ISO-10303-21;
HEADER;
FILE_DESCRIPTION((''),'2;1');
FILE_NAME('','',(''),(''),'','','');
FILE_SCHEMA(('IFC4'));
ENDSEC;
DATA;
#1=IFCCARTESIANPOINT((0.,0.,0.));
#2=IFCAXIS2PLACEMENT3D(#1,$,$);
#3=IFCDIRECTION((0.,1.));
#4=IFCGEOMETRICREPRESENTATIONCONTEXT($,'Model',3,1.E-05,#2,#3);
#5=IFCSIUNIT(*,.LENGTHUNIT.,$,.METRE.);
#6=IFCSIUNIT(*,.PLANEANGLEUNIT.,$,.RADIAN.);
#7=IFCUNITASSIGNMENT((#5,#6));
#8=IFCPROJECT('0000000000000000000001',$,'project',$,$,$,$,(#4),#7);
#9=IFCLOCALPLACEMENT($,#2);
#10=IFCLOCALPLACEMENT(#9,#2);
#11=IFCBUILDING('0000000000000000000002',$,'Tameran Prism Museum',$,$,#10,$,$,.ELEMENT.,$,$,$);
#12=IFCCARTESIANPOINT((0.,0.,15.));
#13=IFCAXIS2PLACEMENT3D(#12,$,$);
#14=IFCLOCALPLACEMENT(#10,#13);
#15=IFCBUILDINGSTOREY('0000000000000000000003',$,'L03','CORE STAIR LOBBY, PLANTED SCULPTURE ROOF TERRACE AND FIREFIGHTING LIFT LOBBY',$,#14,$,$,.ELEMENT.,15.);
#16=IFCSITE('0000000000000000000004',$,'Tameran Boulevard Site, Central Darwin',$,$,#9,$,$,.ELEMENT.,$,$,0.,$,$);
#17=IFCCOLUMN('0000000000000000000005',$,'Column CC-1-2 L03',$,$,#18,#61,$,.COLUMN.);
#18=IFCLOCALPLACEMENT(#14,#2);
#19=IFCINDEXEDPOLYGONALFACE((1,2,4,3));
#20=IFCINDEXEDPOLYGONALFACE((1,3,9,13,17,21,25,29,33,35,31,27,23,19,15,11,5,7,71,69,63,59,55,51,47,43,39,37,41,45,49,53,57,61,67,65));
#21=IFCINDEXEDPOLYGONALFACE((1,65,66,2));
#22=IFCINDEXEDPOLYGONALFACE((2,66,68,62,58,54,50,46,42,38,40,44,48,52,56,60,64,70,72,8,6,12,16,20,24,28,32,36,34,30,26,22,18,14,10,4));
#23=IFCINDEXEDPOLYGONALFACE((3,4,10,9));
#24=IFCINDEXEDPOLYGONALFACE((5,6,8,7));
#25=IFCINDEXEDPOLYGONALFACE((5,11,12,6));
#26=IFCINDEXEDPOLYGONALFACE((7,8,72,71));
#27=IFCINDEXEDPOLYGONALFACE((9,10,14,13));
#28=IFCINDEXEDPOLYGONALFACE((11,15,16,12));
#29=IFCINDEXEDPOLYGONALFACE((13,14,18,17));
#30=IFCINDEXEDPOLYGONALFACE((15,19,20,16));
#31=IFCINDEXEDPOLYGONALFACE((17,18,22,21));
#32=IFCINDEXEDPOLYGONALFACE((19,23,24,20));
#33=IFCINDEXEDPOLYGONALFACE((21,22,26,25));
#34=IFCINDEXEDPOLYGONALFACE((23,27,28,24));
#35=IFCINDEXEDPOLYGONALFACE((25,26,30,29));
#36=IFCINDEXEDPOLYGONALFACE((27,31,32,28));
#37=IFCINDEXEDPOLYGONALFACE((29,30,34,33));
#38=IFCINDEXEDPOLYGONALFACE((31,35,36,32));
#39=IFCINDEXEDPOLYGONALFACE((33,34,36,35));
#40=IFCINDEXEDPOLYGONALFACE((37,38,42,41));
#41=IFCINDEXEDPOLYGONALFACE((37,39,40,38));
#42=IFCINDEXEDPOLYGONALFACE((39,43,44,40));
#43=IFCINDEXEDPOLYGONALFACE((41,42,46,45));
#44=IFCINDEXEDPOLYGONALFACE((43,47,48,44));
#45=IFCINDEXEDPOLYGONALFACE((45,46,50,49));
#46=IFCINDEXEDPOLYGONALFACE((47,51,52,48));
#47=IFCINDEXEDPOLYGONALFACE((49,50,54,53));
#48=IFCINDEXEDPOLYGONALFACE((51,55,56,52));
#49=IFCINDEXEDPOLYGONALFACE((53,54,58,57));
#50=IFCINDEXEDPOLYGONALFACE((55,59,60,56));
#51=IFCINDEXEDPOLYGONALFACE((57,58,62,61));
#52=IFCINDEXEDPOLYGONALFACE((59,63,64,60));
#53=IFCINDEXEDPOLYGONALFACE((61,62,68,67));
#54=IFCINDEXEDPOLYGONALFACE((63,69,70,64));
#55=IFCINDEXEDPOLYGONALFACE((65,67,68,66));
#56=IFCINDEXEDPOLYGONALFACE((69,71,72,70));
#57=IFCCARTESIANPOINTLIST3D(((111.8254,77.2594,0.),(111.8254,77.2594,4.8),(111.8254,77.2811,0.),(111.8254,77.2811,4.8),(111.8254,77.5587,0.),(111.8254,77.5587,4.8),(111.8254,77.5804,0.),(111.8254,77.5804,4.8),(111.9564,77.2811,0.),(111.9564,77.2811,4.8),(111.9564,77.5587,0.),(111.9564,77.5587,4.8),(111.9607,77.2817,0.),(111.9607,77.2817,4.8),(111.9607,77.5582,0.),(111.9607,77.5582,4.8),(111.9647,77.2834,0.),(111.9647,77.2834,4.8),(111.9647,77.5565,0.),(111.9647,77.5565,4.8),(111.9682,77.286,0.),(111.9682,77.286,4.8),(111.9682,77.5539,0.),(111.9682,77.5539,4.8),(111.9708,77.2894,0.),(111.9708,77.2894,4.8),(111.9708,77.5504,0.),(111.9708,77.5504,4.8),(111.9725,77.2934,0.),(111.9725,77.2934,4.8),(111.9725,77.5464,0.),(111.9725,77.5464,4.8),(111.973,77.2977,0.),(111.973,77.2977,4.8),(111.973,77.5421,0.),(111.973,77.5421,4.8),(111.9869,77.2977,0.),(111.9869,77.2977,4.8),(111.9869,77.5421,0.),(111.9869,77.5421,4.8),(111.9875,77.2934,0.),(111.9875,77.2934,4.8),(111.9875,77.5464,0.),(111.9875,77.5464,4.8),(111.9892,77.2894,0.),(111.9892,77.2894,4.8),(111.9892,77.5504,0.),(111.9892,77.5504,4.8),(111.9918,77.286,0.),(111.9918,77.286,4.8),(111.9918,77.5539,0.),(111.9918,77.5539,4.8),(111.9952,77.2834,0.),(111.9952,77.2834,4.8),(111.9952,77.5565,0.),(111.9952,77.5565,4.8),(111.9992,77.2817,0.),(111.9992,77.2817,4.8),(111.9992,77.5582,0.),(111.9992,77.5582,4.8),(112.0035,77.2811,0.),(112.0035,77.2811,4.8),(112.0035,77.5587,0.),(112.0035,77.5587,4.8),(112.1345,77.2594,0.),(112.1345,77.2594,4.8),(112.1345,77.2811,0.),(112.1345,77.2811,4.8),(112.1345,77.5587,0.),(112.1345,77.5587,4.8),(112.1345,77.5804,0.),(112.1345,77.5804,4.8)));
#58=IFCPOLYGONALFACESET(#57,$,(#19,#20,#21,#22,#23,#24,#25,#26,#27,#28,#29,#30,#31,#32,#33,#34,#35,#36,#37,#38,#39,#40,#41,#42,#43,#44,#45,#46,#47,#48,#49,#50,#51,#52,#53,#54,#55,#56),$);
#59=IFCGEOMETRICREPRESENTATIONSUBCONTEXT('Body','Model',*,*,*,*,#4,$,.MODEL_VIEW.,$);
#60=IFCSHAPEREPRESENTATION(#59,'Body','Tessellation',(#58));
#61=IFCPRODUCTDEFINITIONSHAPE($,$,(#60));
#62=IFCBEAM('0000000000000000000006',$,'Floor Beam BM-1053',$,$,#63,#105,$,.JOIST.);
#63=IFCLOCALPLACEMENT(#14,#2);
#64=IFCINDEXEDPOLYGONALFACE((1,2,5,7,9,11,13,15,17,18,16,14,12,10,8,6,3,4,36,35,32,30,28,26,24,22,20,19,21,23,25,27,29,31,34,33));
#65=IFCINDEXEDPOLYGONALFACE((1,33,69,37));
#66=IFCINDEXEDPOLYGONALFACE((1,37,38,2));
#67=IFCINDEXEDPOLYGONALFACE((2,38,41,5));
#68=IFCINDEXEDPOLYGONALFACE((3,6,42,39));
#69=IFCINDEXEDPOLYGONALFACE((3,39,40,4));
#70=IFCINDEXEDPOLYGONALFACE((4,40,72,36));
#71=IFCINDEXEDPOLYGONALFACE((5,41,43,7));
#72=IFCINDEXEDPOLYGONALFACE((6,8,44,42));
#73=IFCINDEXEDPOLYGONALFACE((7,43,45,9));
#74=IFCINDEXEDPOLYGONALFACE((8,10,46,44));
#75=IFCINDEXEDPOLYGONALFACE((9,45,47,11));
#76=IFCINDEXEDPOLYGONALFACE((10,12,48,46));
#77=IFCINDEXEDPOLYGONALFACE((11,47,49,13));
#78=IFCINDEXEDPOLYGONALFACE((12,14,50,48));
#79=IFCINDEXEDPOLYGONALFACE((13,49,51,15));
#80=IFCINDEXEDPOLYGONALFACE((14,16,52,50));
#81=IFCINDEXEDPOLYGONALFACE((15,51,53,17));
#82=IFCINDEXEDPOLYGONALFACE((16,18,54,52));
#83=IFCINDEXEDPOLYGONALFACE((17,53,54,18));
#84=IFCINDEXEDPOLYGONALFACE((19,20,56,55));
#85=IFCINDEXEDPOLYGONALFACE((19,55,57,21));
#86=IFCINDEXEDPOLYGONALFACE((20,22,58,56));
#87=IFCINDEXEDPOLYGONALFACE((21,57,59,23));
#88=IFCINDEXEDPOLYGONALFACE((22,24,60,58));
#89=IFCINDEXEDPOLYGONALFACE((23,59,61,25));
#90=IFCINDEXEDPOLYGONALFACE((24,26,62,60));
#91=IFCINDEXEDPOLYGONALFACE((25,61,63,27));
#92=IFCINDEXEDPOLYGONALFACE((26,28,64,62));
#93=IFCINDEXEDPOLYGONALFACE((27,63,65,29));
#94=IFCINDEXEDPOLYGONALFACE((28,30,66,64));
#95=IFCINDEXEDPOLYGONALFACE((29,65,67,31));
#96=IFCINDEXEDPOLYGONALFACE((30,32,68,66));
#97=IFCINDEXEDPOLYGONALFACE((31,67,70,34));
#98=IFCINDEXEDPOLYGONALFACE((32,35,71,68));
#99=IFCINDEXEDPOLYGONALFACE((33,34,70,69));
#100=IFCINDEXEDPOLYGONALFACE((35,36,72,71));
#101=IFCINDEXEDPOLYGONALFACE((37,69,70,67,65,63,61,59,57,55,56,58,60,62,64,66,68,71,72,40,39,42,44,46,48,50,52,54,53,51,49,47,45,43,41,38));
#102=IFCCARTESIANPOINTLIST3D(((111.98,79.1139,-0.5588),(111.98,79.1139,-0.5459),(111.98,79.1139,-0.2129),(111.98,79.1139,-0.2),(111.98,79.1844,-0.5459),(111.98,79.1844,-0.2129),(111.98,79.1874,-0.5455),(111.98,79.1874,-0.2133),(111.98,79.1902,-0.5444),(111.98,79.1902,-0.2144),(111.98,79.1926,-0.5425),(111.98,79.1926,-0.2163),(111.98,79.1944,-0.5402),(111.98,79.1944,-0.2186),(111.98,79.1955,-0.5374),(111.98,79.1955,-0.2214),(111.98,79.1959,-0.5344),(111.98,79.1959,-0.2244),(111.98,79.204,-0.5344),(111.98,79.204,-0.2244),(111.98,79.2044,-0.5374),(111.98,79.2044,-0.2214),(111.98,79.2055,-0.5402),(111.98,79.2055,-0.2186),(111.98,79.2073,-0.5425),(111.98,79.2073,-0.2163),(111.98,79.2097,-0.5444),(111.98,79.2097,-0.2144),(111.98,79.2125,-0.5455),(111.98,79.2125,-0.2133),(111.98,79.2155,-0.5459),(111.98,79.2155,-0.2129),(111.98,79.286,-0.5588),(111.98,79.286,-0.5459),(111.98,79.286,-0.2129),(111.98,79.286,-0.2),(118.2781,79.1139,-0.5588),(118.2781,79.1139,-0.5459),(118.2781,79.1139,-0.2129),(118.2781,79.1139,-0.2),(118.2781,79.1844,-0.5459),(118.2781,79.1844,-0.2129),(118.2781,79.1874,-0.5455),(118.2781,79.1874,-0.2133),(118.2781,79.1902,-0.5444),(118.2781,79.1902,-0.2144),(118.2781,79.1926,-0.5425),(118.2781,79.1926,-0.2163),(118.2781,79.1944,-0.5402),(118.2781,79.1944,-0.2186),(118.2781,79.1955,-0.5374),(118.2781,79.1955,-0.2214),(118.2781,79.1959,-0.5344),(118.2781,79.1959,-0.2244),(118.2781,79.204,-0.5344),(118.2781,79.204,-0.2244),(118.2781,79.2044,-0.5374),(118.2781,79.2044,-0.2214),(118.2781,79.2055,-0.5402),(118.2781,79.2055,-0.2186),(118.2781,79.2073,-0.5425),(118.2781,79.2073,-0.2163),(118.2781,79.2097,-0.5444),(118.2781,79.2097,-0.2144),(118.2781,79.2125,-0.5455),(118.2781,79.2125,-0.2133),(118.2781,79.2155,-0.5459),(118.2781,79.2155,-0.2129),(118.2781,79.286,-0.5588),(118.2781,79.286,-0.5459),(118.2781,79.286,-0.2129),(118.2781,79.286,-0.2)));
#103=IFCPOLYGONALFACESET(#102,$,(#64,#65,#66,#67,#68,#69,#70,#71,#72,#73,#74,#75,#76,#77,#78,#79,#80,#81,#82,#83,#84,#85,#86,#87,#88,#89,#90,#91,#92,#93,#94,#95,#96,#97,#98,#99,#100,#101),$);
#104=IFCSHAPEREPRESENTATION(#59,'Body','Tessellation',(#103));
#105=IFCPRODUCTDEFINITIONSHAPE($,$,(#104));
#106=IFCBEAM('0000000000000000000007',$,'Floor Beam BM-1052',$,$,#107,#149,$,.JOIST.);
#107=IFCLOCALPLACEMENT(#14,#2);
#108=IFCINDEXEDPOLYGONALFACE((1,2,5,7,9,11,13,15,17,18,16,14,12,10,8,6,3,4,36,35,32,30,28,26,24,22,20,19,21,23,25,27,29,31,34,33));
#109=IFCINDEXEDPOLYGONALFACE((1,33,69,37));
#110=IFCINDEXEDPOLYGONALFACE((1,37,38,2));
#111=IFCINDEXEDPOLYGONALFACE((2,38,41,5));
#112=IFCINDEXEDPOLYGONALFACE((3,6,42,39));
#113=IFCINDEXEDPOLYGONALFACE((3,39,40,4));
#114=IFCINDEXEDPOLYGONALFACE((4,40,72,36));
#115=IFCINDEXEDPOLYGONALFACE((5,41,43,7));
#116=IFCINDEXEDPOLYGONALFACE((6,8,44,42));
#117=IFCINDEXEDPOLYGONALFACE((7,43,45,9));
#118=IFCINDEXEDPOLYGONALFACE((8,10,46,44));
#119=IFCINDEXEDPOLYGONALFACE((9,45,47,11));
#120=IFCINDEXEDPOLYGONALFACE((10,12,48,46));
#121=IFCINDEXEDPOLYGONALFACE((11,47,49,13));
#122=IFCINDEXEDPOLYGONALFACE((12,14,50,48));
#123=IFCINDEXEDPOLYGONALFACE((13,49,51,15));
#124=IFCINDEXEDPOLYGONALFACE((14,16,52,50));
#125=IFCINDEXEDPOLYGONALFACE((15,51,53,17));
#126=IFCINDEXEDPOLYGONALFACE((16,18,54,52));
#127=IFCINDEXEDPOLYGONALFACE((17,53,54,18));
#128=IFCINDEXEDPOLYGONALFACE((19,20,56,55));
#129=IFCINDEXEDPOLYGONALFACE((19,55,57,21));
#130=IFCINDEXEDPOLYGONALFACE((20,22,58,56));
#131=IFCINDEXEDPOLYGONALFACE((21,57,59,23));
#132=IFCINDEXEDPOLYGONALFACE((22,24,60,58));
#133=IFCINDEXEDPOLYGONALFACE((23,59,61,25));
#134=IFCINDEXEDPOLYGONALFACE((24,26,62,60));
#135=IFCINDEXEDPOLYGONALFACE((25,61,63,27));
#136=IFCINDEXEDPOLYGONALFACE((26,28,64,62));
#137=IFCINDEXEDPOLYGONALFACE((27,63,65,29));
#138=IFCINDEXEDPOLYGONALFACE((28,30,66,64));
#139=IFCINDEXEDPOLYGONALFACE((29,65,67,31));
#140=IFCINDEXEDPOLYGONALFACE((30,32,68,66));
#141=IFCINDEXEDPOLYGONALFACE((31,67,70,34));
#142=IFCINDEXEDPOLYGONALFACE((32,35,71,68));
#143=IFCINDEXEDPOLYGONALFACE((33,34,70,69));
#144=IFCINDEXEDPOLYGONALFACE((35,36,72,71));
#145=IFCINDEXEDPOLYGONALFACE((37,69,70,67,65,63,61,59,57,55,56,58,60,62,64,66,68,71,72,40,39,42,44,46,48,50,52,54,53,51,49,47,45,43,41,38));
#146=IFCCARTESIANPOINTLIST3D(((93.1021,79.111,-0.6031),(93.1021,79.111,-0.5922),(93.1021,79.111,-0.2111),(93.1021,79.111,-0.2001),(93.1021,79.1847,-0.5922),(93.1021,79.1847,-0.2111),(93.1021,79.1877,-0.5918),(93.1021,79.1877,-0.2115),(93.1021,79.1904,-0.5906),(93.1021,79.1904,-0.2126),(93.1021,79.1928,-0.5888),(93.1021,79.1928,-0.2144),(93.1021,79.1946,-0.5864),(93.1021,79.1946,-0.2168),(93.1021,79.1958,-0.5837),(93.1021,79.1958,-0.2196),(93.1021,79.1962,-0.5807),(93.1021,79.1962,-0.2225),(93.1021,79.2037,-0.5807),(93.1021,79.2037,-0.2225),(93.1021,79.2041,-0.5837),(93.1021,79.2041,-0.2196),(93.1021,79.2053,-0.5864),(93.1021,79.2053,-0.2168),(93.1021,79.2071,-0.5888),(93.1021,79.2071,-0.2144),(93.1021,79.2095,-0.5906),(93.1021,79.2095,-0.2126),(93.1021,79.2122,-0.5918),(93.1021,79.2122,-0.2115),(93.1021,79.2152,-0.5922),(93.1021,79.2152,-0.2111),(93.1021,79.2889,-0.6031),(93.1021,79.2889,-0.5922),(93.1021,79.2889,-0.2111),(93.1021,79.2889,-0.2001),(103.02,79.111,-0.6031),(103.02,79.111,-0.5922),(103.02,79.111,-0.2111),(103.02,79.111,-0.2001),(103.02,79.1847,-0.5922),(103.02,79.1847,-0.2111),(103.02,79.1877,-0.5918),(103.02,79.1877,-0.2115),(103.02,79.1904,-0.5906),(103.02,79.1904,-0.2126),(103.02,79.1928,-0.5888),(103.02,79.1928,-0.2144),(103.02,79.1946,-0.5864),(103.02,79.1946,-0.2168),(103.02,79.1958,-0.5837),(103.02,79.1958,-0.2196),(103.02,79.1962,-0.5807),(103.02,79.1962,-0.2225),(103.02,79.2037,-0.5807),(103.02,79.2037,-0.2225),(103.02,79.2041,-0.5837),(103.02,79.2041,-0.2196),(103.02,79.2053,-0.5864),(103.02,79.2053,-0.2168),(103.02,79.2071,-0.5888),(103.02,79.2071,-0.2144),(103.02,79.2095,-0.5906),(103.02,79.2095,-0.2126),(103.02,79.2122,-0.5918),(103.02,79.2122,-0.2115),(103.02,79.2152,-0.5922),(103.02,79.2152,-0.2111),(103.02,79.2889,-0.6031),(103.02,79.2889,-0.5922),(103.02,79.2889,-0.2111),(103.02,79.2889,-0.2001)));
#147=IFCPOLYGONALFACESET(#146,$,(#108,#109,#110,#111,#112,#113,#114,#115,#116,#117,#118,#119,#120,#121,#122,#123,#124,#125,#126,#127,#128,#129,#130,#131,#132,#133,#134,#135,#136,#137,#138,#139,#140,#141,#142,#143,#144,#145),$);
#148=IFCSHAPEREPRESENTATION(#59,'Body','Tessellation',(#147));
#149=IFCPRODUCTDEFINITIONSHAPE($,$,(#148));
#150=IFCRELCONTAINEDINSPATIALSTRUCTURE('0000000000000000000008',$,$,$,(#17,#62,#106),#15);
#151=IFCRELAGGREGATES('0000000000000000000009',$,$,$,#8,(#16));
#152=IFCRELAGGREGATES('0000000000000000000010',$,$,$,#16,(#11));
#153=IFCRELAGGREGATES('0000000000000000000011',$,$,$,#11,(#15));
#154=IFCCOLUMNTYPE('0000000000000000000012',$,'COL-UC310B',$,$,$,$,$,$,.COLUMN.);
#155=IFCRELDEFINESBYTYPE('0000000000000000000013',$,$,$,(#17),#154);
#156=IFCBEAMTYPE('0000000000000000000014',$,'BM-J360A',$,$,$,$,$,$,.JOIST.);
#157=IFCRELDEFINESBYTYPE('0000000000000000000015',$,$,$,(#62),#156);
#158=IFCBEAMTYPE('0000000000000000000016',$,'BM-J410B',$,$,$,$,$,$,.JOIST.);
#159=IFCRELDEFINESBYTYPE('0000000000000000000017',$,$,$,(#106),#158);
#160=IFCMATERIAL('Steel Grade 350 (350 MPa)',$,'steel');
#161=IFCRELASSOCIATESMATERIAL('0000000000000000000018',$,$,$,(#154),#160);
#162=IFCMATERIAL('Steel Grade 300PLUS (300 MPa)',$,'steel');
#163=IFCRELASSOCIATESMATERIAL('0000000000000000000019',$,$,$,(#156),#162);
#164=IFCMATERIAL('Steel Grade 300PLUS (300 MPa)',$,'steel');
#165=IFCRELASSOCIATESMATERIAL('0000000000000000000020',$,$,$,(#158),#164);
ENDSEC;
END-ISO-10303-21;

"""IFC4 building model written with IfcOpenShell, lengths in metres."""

from ifc_helpers import new_model, si_unit, direction, frame, origin, origin_2d, place, context, subcontext, project, spatial, i_section, extrude, material, material_profile, profile_set, type_object, element, save


model = new_model("IFC4")

# Units and contexts
model_context = context("Model", 3, precision=1e-05, world=origin(), true_north=direction((0.0, 1.0)))
body_context = subcontext(model_context, "Body", "Model", "MODEL_VIEW")
ifc_project = project(units=[si_unit("LENGTHUNIT", "METRE"), si_unit("PLANEANGLEUNIT", "RADIAN")], contexts=[model_context])

# Site, building, storey
site_placement = place(None, origin())
site = spatial("IfcSite", under=ifc_project, at=site_placement, Name="Tameran Boulevard Site, Central Darwin", CompositionType="ELEMENT", RefElevation=0.0)
building_placement = place(site_placement, origin())
building = spatial("IfcBuilding", under=site, at=building_placement, Name="Tameran Prism Museum", CompositionType="ELEMENT")
storey_placement = place(building_placement, frame((0.0, 0.0, 15.0)))
storey = spatial("IfcBuildingStorey", under=building, at=storey_placement, Name="L03", Description="CORE STAIR LOBBY, PLANTED SCULPTURE ROOF TERRACE AND FIREFIGHTING LIFT LOBBY", CompositionType="ELEMENT", Elevation=15.0)

# Column
ifc_material_1 = material(Name="Steel Grade 350 (350 MPa)", Category="steel")
ifc_material_profile_1 = material_profile(ifc_material_1, i_section(OverallWidth=0.3091, OverallDepth=0.321, WebThickness=0.0139, FlangeThickness=0.0217, FilletRadius=0.0166, at=origin_2d()))
ifc_profile_set_1 = profile_set([ifc_material_profile_1])
column_type = type_object("IfcColumnType", Name="COL-UC310B", PredefinedType="COLUMN", material=ifc_profile_set_1)
for number, where, z_axis, x_axis, name in (
    (1, (111.98, 77.4199, 0.0), (0.0, 0.0, 1.0), (1.0, 0.0, 0.0), "Column CC-1-2 L03"),
):
    element("IfcColumn", number, at=place(storey_placement, frame(where, z_axis=z_axis, x_axis=x_axis)), inside=storey, type_object=column_type, Name=name, PredefinedType="COLUMN", context=body_context, shape_type="SweptSolid", body=[
        extrude(i_section(OverallWidth=0.3091, OverallDepth=0.321, WebThickness=0.0139, FlangeThickness=0.0217, FilletRadius=0.0166, at=origin_2d()), origin(), (0.0, 0.0, 1.0), 4.8),
    ])

# Beams
ifc_material_2 = material(Name="Steel Grade 300PLUS (300 MPa)", Category="steel")
ifc_material_profile_2 = material_profile(ifc_material_2, i_section(OverallWidth=0.1721, OverallDepth=0.3589, WebThickness=0.0081, FlangeThickness=0.0129, FilletRadius=0.0115, at=origin_2d()))
ifc_profile_set_2 = profile_set([ifc_material_profile_2])
beam_type_1 = type_object("IfcBeamType", Name="BM-J360A", PredefinedType="JOIST", material=ifc_profile_set_2)
beam_1_placement = place(storey_placement, frame((111.98, 79.2, -0.3794), z_axis=(1.0, 0.0, 0.0), x_axis=(0.0, 1.0, 0.0)))
element("IfcBeam", 2, at=beam_1_placement, inside=storey, type_object=beam_type_1, Name="Floor Beam BM-1053", PredefinedType="JOIST", context=body_context, shape_type="SweptSolid", body=[
    extrude(i_section(OverallWidth=0.1721, OverallDepth=0.3589, WebThickness=0.0081, FlangeThickness=0.0129, FilletRadius=0.0115, at=origin_2d()), origin(), (0.0, 0.0, 1.0), 6.2981),
])
ifc_material_3 = material(Name="Steel Grade 300PLUS (300 MPa)", Category="steel")
ifc_material_profile_3 = material_profile(ifc_material_3, i_section(OverallWidth=0.178, OverallDepth=0.4031, WebThickness=0.0076, FlangeThickness=0.011, FilletRadius=0.0115, at=origin_2d()))
ifc_profile_set_3 = profile_set([ifc_material_profile_3])
beam_type_2 = type_object("IfcBeamType", Name="BM-J410B", PredefinedType="JOIST", material=ifc_profile_set_3)
beam_2_placement = place(storey_placement, frame((93.1021, 79.2, -0.4016), z_axis=(1.0, 0.0, 0.0), x_axis=(0.0, 1.0, 0.0)))
element("IfcBeam", 3, at=beam_2_placement, inside=storey, type_object=beam_type_2, Name="Floor Beam BM-1052", PredefinedType="JOIST", context=body_context, shape_type="SweptSolid", body=[
    extrude(i_section(OverallWidth=0.178, OverallDepth=0.4031, WebThickness=0.0076, FlangeThickness=0.011, FilletRadius=0.0115, at=origin_2d()), origin(), (0.0, 0.0, 1.0), 9.918),
])

save(model, "model.ifc")
